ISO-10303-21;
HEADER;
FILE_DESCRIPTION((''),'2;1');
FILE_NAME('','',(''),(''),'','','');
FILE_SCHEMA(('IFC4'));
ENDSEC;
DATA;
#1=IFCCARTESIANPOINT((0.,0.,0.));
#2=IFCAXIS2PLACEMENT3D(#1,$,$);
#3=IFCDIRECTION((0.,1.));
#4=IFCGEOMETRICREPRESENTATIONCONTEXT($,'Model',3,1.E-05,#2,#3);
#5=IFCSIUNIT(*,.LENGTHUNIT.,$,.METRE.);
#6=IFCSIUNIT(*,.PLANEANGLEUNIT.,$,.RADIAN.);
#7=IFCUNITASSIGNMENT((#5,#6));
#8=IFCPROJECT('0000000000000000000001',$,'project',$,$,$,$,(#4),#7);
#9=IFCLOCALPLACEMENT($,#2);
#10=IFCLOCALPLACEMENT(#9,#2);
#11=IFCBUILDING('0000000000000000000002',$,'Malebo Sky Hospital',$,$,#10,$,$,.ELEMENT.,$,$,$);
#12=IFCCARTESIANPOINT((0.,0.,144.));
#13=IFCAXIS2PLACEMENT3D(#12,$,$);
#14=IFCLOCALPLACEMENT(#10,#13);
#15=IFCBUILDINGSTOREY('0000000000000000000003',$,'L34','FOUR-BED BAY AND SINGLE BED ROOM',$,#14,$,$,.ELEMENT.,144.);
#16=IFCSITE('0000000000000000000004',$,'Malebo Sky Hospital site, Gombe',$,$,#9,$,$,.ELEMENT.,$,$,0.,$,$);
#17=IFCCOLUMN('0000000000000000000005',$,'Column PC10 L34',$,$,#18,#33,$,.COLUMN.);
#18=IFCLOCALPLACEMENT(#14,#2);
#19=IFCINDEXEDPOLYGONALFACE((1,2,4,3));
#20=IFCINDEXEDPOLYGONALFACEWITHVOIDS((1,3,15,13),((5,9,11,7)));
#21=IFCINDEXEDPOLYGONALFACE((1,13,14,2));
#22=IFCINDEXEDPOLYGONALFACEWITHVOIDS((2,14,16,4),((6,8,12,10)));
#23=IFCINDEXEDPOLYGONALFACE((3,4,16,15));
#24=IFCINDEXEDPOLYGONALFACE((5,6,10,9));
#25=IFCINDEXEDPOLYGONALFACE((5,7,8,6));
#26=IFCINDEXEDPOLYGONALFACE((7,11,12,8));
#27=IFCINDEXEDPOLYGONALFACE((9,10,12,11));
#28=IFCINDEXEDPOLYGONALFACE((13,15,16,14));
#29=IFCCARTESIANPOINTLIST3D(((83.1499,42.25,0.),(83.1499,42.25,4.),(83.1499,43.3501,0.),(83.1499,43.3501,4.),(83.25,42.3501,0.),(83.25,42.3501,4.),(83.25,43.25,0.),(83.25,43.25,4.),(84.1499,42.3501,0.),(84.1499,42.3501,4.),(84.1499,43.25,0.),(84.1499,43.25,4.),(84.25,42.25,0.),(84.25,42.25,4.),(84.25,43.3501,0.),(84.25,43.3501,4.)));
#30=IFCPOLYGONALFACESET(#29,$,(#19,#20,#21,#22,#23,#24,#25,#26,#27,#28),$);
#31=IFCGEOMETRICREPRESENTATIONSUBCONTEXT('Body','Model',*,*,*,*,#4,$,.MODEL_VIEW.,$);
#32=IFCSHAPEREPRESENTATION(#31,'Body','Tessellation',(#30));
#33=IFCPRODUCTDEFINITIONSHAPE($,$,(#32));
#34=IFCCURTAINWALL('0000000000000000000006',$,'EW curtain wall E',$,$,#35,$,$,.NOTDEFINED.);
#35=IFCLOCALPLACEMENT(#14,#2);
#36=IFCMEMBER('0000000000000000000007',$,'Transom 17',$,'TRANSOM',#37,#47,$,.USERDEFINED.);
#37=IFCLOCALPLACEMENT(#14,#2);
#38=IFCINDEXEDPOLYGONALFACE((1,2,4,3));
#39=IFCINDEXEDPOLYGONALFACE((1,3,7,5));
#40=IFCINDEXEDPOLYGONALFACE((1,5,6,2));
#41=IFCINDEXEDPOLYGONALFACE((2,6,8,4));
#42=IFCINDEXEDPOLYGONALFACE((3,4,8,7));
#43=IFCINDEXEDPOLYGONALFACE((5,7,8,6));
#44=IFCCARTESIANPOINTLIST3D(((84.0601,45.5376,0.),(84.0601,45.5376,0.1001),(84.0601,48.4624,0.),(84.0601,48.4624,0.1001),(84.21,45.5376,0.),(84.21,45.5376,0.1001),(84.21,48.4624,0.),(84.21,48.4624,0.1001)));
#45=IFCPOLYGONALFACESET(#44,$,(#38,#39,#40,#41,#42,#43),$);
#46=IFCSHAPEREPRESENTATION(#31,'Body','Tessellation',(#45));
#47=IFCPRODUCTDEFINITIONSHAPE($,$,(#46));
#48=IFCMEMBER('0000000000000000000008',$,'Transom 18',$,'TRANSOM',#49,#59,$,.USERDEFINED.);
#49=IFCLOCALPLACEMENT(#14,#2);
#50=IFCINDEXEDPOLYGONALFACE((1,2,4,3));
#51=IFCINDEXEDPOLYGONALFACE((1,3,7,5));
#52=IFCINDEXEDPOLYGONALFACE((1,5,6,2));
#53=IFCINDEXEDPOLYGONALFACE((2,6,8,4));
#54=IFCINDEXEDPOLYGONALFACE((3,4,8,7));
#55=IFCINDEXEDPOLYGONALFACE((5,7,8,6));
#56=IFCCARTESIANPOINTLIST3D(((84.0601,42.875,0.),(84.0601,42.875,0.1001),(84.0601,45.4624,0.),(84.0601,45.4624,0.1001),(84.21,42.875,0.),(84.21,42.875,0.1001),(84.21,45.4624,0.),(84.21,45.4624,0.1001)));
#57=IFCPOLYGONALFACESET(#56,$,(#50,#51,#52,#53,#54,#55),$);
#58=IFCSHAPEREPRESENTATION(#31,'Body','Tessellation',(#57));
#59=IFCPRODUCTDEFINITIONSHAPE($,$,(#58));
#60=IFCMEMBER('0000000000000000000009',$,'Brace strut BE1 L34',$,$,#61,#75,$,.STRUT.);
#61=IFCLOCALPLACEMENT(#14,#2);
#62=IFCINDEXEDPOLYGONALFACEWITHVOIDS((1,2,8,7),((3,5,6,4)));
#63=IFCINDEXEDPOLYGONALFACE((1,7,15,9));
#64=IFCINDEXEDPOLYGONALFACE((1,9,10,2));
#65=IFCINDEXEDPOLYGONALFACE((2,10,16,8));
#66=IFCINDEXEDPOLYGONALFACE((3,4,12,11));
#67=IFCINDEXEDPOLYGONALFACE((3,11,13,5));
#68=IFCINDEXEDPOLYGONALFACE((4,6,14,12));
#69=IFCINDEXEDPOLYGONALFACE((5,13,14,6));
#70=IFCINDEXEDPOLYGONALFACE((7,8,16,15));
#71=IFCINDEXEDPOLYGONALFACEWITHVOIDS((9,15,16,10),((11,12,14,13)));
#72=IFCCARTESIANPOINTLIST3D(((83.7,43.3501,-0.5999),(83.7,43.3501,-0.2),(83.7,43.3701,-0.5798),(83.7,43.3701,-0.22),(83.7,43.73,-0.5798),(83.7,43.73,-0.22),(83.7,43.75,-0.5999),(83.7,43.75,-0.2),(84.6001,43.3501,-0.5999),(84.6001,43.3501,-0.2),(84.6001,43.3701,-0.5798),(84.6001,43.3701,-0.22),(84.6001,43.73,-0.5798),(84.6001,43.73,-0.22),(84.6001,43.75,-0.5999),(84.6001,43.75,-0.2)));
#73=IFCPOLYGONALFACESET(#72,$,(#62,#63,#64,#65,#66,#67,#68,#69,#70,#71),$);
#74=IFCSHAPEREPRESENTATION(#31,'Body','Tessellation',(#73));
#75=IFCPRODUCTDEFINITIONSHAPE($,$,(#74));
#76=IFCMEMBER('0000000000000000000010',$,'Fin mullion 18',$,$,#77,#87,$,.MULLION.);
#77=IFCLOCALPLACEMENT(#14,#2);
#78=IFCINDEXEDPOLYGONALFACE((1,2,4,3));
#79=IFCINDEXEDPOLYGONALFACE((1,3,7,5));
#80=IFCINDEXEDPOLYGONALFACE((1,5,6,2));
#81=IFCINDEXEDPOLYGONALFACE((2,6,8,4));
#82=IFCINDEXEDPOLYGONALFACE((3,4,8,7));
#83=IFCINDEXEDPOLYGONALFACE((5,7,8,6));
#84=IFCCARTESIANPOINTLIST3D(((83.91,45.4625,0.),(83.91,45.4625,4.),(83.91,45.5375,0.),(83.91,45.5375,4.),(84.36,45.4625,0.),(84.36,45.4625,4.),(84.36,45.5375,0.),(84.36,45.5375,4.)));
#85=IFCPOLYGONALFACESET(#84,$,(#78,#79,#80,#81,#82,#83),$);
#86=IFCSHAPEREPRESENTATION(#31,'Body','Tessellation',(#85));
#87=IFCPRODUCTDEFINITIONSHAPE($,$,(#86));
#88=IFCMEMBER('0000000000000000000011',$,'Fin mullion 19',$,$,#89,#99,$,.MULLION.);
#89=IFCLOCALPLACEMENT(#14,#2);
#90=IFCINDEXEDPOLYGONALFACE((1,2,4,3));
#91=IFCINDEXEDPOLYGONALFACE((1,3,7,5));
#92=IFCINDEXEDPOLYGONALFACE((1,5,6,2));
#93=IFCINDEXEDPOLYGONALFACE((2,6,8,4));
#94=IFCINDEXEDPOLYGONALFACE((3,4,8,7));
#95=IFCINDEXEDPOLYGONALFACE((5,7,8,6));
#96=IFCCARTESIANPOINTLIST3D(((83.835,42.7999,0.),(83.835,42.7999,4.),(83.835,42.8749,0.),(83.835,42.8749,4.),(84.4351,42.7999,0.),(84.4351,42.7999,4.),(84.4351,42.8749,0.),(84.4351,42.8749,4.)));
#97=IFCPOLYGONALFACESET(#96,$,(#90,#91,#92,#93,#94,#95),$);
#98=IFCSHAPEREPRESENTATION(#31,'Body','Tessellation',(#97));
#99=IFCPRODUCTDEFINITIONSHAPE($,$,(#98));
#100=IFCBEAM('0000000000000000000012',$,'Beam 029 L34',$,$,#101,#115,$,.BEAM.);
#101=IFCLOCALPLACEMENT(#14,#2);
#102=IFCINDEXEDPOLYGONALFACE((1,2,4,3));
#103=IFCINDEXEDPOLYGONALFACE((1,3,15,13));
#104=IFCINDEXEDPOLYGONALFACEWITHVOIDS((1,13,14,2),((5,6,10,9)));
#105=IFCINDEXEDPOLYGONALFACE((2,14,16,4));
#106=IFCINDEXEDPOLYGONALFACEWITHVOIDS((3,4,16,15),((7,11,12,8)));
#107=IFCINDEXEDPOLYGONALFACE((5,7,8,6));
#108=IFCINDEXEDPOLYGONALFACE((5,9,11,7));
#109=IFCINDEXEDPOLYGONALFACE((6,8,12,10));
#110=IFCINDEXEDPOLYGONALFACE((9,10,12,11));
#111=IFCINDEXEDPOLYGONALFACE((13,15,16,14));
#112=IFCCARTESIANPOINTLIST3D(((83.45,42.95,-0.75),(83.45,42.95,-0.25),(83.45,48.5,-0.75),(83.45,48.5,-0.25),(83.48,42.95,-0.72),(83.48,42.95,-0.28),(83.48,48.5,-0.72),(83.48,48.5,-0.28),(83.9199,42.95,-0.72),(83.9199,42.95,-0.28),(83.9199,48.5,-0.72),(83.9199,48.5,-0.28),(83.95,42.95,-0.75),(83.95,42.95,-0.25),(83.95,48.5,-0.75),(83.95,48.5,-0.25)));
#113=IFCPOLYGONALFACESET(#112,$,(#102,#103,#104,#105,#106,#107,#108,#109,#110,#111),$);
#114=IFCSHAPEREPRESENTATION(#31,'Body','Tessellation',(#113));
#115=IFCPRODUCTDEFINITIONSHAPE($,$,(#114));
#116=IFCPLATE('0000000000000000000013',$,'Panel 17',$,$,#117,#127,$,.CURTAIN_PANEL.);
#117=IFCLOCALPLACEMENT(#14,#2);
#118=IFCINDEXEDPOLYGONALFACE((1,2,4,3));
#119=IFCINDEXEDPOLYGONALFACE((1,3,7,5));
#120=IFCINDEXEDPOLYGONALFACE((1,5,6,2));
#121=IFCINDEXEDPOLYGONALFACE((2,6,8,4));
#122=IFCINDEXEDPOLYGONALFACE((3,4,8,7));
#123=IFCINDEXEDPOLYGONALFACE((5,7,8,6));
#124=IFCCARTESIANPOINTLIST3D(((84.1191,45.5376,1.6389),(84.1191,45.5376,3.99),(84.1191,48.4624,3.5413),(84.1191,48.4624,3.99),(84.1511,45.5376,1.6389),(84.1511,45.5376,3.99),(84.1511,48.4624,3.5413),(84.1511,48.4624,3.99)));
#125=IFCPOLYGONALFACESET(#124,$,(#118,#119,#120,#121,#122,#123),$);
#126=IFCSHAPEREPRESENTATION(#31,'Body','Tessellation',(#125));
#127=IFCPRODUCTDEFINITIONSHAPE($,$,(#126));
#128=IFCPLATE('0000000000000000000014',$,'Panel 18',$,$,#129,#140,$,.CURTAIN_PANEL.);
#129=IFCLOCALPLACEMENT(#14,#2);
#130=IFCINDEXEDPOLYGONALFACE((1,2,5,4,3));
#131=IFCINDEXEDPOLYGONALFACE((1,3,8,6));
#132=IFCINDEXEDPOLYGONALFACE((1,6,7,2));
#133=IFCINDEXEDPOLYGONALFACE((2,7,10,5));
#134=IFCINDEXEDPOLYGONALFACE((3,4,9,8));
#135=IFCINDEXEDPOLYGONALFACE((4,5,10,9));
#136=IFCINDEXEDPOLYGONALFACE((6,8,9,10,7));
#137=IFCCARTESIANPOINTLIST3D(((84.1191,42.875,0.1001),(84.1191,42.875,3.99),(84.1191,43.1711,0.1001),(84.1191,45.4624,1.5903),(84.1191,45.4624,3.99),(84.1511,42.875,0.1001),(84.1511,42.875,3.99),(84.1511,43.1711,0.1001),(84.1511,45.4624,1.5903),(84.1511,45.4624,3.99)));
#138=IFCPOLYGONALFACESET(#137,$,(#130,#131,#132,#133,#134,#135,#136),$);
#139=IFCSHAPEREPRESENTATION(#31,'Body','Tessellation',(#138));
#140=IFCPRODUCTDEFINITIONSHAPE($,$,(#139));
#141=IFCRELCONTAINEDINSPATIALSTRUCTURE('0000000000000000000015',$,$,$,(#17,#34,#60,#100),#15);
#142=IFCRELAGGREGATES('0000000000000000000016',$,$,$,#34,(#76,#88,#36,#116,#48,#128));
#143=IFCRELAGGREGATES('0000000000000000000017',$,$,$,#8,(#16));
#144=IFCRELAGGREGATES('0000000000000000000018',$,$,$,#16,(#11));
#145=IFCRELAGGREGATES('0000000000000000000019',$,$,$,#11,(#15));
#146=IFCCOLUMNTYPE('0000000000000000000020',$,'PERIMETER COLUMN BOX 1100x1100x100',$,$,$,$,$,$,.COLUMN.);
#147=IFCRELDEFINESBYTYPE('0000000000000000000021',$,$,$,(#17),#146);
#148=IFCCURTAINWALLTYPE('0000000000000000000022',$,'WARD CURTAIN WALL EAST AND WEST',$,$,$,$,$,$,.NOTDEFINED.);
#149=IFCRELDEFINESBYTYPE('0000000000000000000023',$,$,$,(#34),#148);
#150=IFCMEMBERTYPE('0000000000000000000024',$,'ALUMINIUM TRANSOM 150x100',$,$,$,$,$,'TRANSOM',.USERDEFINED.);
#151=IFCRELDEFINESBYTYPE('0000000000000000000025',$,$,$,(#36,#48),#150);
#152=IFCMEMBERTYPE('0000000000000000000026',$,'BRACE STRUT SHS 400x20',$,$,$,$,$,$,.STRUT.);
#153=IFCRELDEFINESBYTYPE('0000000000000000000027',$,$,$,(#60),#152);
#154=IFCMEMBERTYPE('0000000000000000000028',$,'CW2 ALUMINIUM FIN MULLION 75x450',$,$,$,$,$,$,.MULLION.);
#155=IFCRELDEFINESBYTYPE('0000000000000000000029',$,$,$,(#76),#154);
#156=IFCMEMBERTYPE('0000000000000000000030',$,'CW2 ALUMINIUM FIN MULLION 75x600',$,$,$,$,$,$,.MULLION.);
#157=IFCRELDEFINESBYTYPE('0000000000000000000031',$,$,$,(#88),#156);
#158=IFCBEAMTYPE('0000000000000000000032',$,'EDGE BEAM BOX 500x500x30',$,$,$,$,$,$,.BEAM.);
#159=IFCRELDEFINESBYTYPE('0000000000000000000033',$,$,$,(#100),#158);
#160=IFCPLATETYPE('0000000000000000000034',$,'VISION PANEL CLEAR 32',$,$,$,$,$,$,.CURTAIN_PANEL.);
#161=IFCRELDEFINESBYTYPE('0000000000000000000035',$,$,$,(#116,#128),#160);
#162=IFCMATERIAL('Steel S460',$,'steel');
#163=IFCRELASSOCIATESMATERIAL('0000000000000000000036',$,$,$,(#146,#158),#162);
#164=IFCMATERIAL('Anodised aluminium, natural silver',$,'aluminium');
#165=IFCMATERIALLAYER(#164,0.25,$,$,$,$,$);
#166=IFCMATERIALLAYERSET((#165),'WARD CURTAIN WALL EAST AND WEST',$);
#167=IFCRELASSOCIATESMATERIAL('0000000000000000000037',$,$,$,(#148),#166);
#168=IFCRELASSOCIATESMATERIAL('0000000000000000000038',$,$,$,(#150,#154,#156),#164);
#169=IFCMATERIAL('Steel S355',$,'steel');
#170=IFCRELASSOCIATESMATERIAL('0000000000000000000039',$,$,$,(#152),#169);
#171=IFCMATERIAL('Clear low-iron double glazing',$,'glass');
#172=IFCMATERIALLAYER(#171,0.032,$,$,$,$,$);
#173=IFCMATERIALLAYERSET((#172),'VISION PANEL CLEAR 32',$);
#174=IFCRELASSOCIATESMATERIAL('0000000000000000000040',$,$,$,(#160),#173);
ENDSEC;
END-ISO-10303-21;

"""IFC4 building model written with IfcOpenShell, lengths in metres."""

from ifc_helpers import new_model, si_unit, direction, frame, origin, origin_2d, place, context, subcontext, project, spatial, polyline, rectangle, hollow_rectangle, outline, extrude, material, layer, layer_set, material_profile, profile_set, type_object, element, aggregate, save


model = new_model("IFC4")

# Units and contexts
model_context = context("Model", 3, precision=1e-05, world=origin(), true_north=direction((0.0, 1.0)))
body_context = subcontext(model_context, "Body", "Model", "MODEL_VIEW")
ifc_project = project(units=[si_unit("LENGTHUNIT", "METRE"), si_unit("PLANEANGLEUNIT", "RADIAN")], contexts=[model_context])

# Site, building, storey
site_placement = place(None, origin())
site = spatial("IfcSite", under=ifc_project, at=site_placement, Name="Malebo Sky Hospital site, Gombe", CompositionType="ELEMENT", RefElevation=0.0)
building_placement = place(site_placement, origin())
building = spatial("IfcBuilding", under=site, at=building_placement, Name="Malebo Sky Hospital", CompositionType="ELEMENT")
storey_placement = place(building_placement, frame((0.0, 0.0, 144.0)))
storey = spatial("IfcBuildingStorey", under=building, at=storey_placement, Name="L34", Description="FOUR-BED BAY AND SINGLE BED ROOM", CompositionType="ELEMENT", Elevation=144.0)

# Column
ifc_material_1 = material(Name="Steel S460", Category="steel")
ifc_material_profile_1 = material_profile(ifc_material_1, hollow_rectangle(XDim=1.1001, YDim=1.1001, WallThickness=0.1001, at=origin_2d()), Name="BOX 1100x1100x100")
ifc_profile_set_1 = profile_set([ifc_material_profile_1], Name="Steel S460")
column_type = type_object("IfcColumnType", Name="PERIMETER COLUMN BOX 1100x1100x100", PredefinedType="COLUMN", material=ifc_profile_set_1)
column_placement = place(storey_placement, frame((83.7, 42.8, 0.0), z_axis=(0.0, 0.0, 1.0), x_axis=(1.0, 0.0, 0.0)))
element("IfcColumn", 1, at=column_placement, inside=storey, type_object=column_type, Name="Column PC10 L34", PredefinedType="COLUMN", context=body_context, shape_type="SweptSolid", body=[
    extrude(hollow_rectangle(XDim=1.1001, YDim=1.1001, WallThickness=0.1001, at=origin_2d()), origin(), (0.0, 0.0, 1.0), 4.0),
])

# Curtain wall, members
ifc_material_2 = material(Name="Anodised aluminium, natural silver", Category="aluminium")
ifc_layer_1 = layer(ifc_material_2, 0.25)
ifc_layer_set_1 = layer_set([ifc_layer_1], Name="WARD CURTAIN WALL EAST AND WEST")
curtain_wall_type = type_object("IfcCurtainWallType", Name="WARD CURTAIN WALL EAST AND WEST", PredefinedType="NOTDEFINED", material=ifc_layer_set_1)
curtain_wall_placement = place(storey_placement, origin())
curtain_wall = element("IfcCurtainWall", 2, at=curtain_wall_placement, inside=storey, type_object=curtain_wall_type, Name="EW curtain wall E", PredefinedType="NOTDEFINED")
ifc_material_profile_2 = material_profile(ifc_material_2, rectangle(XDim=0.1499, YDim=0.1001, at=origin_2d()), Name="ALUMINIUM TRANSOM 150x100")
ifc_profile_set_2 = profile_set([ifc_material_profile_2], Name="Anodised aluminium, natural silver")
member_type_1 = type_object("IfcMemberType", Name="ALUMINIUM TRANSOM 150x100", ElementType="TRANSOM", PredefinedType="USERDEFINED", material=ifc_profile_set_2)
member_1_placement = place(storey_placement, frame((84.135, 48.4624, 0.05), z_axis=(0.0, -1.0, 0.0), x_axis=(1.0, 0.0, 0.0)))
member_1 = element("IfcMember", 3, at=member_1_placement, type_object=member_type_1, Name="Transom 17", ObjectType="TRANSOM", PredefinedType="USERDEFINED", context=body_context, shape_type="SweptSolid", body=[
    extrude(rectangle(XDim=0.1499, YDim=0.1001, at=origin_2d()), origin(), (0.0, 0.0, 1.0), 2.9248),
])
member_2_placement = place(storey_placement, frame((84.135, 45.4624, 0.05), z_axis=(0.0, -1.0, 0.0), x_axis=(1.0, 0.0, 0.0)))
member_2 = element("IfcMember", 4, at=member_2_placement, type_object=member_type_1, Name="Transom 18", ObjectType="TRANSOM", PredefinedType="USERDEFINED", context=body_context, shape_type="SweptSolid", body=[
    extrude(rectangle(XDim=0.1499, YDim=0.1001, at=origin_2d()), origin(), (0.0, 0.0, 1.0), 2.5874),
])

# Members
ifc_material_3 = material(Name="Steel S355", Category="steel")
ifc_material_profile_3 = material_profile(ifc_material_3, hollow_rectangle(XDim=0.3999, YDim=0.3999, WallThickness=0.02, at=origin_2d()), Name="SHS 400x20")
ifc_profile_set_3 = profile_set([ifc_material_profile_3], Name="Steel S355")
member_type_2 = type_object("IfcMemberType", Name="BRACE STRUT SHS 400x20", PredefinedType="STRUT", material=ifc_profile_set_3)
member_3_placement = place(storey_placement, frame((84.6001, 43.55, -0.3999), z_axis=(-1.0, 0.0, 0.0), x_axis=(0.0, -1.0, 0.0)))
element("IfcMember", 5, at=member_3_placement, inside=storey, type_object=member_type_2, Name="Brace strut BE1 L34", PredefinedType="STRUT", context=body_context, shape_type="SweptSolid", body=[
    extrude(hollow_rectangle(XDim=0.3999, YDim=0.3999, WallThickness=0.02, at=origin_2d()), origin(), (0.0, 0.0, 1.0), 0.9001),
])
ifc_material_profile_4 = material_profile(ifc_material_2, rectangle(XDim=0.075, YDim=0.45, at=origin_2d()), Name="CW2 ALUMINIUM FIN MULLION 75x450")
ifc_profile_set_4 = profile_set([ifc_material_profile_4], Name="Anodised aluminium, natural silver")
member_type_3 = type_object("IfcMemberType", Name="CW2 ALUMINIUM FIN MULLION 75x450", PredefinedType="MULLION", material=ifc_profile_set_4)
member_4_placement = place(storey_placement, frame((84.135, 45.5, 0.0), z_axis=(0.0, 0.0, 1.0), x_axis=(0.0, -1.0, 0.0)))
member_4 = element("IfcMember", 6, at=member_4_placement, type_object=member_type_3, Name="Fin mullion 18", PredefinedType="MULLION", context=body_context, shape_type="SweptSolid", body=[
    extrude(rectangle(XDim=0.075, YDim=0.45, at=origin_2d()), origin(), (0.0, 0.0, 1.0), 4.0),
])
ifc_material_profile_5 = material_profile(ifc_material_2, rectangle(XDim=0.075, YDim=0.6001, at=origin_2d()), Name="CW2 ALUMINIUM FIN MULLION 75x600")
ifc_profile_set_5 = profile_set([ifc_material_profile_5], Name="Anodised aluminium, natural silver")
member_type_4 = type_object("IfcMemberType", Name="CW2 ALUMINIUM FIN MULLION 75x600", PredefinedType="MULLION", material=ifc_profile_set_5)
member_5_placement = place(storey_placement, frame((84.135, 42.8374, 0.0), z_axis=(0.0, 0.0, 1.0), x_axis=(0.0, -1.0, 0.0)))
member_5 = element("IfcMember", 7, at=member_5_placement, type_object=member_type_4, Name="Fin mullion 19", PredefinedType="MULLION", context=body_context, shape_type="SweptSolid", body=[
    extrude(rectangle(XDim=0.075, YDim=0.6001, at=origin_2d()), origin(), (0.0, 0.0, 1.0), 4.0),
])

# Beam
ifc_material_profile_6 = material_profile(ifc_material_1, hollow_rectangle(XDim=0.5, YDim=0.5, WallThickness=0.03, at=origin_2d()), Name="BOX 500x500x30")
ifc_profile_set_6 = profile_set([ifc_material_profile_6], Name="Steel S460")
beam_type = type_object("IfcBeamType", Name="EDGE BEAM BOX 500x500x30", PredefinedType="BEAM", material=ifc_profile_set_6)
beam_placement = place(storey_placement, frame((83.7, 42.95, -0.5), z_axis=(0.0, 1.0, 0.0), x_axis=(-1.0, 0.0, 0.0)))
element("IfcBeam", 8, at=beam_placement, inside=storey, type_object=beam_type, Name="Beam 029 L34", PredefinedType="BEAM", context=body_context, shape_type="SweptSolid", body=[
    extrude(hollow_rectangle(XDim=0.5, YDim=0.5, WallThickness=0.03, at=origin_2d()), origin(), (0.0, 0.0, 1.0), 5.55),
])

# Plates
ifc_material_4 = material(Name="Clear low-iron double glazing", Category="glass")
ifc_layer_2 = layer(ifc_material_4, 0.032)
ifc_layer_set_2 = layer_set([ifc_layer_2], Name="VISION PANEL CLEAR 32")
plate_type = type_object("IfcPlateType", Name="VISION PANEL CLEAR 32", PredefinedType="CURTAIN_PANEL", material=ifc_layer_set_2)
plate_1_placement = place(storey_placement, frame((84.135, 47.0, 1.6389), z_axis=(0.0, 0.0, 1.0), x_axis=(0.0, -1.0, 0.0)))
plate_1 = element("IfcPlate", 9, at=plate_1_placement, type_object=plate_type, Name="Panel 17", PredefinedType="CURTAIN_PANEL", context=body_context, shape_type="SweptSolid", body=[
    extrude(outline(polyline([(1.4624, 0.0), (1.4624, 2.3511), (-1.4624, 2.3511), (-1.4624, 1.9023), (1.4624, 0.0)])), frame((0.0, 0.0161, 0.0), z_axis=(0.0, -1.0, 0.0), x_axis=(1.0, 0.0, 0.0)), (0.0, 0.0, 1.0), 0.032),
])
plate_2_placement = place(storey_placement, frame((84.135, 44.1687, 0.1001), z_axis=(0.0, 0.0, 1.0), x_axis=(0.0, -1.0, 0.0)))
plate_2 = element("IfcPlate", 10, at=plate_2_placement, type_object=plate_type, Name="Panel 18", PredefinedType="CURTAIN_PANEL", context=body_context, shape_type="SweptSolid", body=[
    extrude(outline(polyline([(0.9976, 0.0), (1.2937, 0.0), (1.2937, 3.8899), (-1.2937, 3.8899), (-1.2937, 1.4902), (0.9976, 0.0)])), frame((0.0, 0.0161, 0.0), z_axis=(0.0, -1.0, 0.0), x_axis=(1.0, 0.0, 0.0)), (0.0, 0.0, 1.0), 0.032),
])
aggregate(curtain_wall, [member_4, member_5, member_1, plate_1, member_2, plate_2])

save(model, "model.ifc")
